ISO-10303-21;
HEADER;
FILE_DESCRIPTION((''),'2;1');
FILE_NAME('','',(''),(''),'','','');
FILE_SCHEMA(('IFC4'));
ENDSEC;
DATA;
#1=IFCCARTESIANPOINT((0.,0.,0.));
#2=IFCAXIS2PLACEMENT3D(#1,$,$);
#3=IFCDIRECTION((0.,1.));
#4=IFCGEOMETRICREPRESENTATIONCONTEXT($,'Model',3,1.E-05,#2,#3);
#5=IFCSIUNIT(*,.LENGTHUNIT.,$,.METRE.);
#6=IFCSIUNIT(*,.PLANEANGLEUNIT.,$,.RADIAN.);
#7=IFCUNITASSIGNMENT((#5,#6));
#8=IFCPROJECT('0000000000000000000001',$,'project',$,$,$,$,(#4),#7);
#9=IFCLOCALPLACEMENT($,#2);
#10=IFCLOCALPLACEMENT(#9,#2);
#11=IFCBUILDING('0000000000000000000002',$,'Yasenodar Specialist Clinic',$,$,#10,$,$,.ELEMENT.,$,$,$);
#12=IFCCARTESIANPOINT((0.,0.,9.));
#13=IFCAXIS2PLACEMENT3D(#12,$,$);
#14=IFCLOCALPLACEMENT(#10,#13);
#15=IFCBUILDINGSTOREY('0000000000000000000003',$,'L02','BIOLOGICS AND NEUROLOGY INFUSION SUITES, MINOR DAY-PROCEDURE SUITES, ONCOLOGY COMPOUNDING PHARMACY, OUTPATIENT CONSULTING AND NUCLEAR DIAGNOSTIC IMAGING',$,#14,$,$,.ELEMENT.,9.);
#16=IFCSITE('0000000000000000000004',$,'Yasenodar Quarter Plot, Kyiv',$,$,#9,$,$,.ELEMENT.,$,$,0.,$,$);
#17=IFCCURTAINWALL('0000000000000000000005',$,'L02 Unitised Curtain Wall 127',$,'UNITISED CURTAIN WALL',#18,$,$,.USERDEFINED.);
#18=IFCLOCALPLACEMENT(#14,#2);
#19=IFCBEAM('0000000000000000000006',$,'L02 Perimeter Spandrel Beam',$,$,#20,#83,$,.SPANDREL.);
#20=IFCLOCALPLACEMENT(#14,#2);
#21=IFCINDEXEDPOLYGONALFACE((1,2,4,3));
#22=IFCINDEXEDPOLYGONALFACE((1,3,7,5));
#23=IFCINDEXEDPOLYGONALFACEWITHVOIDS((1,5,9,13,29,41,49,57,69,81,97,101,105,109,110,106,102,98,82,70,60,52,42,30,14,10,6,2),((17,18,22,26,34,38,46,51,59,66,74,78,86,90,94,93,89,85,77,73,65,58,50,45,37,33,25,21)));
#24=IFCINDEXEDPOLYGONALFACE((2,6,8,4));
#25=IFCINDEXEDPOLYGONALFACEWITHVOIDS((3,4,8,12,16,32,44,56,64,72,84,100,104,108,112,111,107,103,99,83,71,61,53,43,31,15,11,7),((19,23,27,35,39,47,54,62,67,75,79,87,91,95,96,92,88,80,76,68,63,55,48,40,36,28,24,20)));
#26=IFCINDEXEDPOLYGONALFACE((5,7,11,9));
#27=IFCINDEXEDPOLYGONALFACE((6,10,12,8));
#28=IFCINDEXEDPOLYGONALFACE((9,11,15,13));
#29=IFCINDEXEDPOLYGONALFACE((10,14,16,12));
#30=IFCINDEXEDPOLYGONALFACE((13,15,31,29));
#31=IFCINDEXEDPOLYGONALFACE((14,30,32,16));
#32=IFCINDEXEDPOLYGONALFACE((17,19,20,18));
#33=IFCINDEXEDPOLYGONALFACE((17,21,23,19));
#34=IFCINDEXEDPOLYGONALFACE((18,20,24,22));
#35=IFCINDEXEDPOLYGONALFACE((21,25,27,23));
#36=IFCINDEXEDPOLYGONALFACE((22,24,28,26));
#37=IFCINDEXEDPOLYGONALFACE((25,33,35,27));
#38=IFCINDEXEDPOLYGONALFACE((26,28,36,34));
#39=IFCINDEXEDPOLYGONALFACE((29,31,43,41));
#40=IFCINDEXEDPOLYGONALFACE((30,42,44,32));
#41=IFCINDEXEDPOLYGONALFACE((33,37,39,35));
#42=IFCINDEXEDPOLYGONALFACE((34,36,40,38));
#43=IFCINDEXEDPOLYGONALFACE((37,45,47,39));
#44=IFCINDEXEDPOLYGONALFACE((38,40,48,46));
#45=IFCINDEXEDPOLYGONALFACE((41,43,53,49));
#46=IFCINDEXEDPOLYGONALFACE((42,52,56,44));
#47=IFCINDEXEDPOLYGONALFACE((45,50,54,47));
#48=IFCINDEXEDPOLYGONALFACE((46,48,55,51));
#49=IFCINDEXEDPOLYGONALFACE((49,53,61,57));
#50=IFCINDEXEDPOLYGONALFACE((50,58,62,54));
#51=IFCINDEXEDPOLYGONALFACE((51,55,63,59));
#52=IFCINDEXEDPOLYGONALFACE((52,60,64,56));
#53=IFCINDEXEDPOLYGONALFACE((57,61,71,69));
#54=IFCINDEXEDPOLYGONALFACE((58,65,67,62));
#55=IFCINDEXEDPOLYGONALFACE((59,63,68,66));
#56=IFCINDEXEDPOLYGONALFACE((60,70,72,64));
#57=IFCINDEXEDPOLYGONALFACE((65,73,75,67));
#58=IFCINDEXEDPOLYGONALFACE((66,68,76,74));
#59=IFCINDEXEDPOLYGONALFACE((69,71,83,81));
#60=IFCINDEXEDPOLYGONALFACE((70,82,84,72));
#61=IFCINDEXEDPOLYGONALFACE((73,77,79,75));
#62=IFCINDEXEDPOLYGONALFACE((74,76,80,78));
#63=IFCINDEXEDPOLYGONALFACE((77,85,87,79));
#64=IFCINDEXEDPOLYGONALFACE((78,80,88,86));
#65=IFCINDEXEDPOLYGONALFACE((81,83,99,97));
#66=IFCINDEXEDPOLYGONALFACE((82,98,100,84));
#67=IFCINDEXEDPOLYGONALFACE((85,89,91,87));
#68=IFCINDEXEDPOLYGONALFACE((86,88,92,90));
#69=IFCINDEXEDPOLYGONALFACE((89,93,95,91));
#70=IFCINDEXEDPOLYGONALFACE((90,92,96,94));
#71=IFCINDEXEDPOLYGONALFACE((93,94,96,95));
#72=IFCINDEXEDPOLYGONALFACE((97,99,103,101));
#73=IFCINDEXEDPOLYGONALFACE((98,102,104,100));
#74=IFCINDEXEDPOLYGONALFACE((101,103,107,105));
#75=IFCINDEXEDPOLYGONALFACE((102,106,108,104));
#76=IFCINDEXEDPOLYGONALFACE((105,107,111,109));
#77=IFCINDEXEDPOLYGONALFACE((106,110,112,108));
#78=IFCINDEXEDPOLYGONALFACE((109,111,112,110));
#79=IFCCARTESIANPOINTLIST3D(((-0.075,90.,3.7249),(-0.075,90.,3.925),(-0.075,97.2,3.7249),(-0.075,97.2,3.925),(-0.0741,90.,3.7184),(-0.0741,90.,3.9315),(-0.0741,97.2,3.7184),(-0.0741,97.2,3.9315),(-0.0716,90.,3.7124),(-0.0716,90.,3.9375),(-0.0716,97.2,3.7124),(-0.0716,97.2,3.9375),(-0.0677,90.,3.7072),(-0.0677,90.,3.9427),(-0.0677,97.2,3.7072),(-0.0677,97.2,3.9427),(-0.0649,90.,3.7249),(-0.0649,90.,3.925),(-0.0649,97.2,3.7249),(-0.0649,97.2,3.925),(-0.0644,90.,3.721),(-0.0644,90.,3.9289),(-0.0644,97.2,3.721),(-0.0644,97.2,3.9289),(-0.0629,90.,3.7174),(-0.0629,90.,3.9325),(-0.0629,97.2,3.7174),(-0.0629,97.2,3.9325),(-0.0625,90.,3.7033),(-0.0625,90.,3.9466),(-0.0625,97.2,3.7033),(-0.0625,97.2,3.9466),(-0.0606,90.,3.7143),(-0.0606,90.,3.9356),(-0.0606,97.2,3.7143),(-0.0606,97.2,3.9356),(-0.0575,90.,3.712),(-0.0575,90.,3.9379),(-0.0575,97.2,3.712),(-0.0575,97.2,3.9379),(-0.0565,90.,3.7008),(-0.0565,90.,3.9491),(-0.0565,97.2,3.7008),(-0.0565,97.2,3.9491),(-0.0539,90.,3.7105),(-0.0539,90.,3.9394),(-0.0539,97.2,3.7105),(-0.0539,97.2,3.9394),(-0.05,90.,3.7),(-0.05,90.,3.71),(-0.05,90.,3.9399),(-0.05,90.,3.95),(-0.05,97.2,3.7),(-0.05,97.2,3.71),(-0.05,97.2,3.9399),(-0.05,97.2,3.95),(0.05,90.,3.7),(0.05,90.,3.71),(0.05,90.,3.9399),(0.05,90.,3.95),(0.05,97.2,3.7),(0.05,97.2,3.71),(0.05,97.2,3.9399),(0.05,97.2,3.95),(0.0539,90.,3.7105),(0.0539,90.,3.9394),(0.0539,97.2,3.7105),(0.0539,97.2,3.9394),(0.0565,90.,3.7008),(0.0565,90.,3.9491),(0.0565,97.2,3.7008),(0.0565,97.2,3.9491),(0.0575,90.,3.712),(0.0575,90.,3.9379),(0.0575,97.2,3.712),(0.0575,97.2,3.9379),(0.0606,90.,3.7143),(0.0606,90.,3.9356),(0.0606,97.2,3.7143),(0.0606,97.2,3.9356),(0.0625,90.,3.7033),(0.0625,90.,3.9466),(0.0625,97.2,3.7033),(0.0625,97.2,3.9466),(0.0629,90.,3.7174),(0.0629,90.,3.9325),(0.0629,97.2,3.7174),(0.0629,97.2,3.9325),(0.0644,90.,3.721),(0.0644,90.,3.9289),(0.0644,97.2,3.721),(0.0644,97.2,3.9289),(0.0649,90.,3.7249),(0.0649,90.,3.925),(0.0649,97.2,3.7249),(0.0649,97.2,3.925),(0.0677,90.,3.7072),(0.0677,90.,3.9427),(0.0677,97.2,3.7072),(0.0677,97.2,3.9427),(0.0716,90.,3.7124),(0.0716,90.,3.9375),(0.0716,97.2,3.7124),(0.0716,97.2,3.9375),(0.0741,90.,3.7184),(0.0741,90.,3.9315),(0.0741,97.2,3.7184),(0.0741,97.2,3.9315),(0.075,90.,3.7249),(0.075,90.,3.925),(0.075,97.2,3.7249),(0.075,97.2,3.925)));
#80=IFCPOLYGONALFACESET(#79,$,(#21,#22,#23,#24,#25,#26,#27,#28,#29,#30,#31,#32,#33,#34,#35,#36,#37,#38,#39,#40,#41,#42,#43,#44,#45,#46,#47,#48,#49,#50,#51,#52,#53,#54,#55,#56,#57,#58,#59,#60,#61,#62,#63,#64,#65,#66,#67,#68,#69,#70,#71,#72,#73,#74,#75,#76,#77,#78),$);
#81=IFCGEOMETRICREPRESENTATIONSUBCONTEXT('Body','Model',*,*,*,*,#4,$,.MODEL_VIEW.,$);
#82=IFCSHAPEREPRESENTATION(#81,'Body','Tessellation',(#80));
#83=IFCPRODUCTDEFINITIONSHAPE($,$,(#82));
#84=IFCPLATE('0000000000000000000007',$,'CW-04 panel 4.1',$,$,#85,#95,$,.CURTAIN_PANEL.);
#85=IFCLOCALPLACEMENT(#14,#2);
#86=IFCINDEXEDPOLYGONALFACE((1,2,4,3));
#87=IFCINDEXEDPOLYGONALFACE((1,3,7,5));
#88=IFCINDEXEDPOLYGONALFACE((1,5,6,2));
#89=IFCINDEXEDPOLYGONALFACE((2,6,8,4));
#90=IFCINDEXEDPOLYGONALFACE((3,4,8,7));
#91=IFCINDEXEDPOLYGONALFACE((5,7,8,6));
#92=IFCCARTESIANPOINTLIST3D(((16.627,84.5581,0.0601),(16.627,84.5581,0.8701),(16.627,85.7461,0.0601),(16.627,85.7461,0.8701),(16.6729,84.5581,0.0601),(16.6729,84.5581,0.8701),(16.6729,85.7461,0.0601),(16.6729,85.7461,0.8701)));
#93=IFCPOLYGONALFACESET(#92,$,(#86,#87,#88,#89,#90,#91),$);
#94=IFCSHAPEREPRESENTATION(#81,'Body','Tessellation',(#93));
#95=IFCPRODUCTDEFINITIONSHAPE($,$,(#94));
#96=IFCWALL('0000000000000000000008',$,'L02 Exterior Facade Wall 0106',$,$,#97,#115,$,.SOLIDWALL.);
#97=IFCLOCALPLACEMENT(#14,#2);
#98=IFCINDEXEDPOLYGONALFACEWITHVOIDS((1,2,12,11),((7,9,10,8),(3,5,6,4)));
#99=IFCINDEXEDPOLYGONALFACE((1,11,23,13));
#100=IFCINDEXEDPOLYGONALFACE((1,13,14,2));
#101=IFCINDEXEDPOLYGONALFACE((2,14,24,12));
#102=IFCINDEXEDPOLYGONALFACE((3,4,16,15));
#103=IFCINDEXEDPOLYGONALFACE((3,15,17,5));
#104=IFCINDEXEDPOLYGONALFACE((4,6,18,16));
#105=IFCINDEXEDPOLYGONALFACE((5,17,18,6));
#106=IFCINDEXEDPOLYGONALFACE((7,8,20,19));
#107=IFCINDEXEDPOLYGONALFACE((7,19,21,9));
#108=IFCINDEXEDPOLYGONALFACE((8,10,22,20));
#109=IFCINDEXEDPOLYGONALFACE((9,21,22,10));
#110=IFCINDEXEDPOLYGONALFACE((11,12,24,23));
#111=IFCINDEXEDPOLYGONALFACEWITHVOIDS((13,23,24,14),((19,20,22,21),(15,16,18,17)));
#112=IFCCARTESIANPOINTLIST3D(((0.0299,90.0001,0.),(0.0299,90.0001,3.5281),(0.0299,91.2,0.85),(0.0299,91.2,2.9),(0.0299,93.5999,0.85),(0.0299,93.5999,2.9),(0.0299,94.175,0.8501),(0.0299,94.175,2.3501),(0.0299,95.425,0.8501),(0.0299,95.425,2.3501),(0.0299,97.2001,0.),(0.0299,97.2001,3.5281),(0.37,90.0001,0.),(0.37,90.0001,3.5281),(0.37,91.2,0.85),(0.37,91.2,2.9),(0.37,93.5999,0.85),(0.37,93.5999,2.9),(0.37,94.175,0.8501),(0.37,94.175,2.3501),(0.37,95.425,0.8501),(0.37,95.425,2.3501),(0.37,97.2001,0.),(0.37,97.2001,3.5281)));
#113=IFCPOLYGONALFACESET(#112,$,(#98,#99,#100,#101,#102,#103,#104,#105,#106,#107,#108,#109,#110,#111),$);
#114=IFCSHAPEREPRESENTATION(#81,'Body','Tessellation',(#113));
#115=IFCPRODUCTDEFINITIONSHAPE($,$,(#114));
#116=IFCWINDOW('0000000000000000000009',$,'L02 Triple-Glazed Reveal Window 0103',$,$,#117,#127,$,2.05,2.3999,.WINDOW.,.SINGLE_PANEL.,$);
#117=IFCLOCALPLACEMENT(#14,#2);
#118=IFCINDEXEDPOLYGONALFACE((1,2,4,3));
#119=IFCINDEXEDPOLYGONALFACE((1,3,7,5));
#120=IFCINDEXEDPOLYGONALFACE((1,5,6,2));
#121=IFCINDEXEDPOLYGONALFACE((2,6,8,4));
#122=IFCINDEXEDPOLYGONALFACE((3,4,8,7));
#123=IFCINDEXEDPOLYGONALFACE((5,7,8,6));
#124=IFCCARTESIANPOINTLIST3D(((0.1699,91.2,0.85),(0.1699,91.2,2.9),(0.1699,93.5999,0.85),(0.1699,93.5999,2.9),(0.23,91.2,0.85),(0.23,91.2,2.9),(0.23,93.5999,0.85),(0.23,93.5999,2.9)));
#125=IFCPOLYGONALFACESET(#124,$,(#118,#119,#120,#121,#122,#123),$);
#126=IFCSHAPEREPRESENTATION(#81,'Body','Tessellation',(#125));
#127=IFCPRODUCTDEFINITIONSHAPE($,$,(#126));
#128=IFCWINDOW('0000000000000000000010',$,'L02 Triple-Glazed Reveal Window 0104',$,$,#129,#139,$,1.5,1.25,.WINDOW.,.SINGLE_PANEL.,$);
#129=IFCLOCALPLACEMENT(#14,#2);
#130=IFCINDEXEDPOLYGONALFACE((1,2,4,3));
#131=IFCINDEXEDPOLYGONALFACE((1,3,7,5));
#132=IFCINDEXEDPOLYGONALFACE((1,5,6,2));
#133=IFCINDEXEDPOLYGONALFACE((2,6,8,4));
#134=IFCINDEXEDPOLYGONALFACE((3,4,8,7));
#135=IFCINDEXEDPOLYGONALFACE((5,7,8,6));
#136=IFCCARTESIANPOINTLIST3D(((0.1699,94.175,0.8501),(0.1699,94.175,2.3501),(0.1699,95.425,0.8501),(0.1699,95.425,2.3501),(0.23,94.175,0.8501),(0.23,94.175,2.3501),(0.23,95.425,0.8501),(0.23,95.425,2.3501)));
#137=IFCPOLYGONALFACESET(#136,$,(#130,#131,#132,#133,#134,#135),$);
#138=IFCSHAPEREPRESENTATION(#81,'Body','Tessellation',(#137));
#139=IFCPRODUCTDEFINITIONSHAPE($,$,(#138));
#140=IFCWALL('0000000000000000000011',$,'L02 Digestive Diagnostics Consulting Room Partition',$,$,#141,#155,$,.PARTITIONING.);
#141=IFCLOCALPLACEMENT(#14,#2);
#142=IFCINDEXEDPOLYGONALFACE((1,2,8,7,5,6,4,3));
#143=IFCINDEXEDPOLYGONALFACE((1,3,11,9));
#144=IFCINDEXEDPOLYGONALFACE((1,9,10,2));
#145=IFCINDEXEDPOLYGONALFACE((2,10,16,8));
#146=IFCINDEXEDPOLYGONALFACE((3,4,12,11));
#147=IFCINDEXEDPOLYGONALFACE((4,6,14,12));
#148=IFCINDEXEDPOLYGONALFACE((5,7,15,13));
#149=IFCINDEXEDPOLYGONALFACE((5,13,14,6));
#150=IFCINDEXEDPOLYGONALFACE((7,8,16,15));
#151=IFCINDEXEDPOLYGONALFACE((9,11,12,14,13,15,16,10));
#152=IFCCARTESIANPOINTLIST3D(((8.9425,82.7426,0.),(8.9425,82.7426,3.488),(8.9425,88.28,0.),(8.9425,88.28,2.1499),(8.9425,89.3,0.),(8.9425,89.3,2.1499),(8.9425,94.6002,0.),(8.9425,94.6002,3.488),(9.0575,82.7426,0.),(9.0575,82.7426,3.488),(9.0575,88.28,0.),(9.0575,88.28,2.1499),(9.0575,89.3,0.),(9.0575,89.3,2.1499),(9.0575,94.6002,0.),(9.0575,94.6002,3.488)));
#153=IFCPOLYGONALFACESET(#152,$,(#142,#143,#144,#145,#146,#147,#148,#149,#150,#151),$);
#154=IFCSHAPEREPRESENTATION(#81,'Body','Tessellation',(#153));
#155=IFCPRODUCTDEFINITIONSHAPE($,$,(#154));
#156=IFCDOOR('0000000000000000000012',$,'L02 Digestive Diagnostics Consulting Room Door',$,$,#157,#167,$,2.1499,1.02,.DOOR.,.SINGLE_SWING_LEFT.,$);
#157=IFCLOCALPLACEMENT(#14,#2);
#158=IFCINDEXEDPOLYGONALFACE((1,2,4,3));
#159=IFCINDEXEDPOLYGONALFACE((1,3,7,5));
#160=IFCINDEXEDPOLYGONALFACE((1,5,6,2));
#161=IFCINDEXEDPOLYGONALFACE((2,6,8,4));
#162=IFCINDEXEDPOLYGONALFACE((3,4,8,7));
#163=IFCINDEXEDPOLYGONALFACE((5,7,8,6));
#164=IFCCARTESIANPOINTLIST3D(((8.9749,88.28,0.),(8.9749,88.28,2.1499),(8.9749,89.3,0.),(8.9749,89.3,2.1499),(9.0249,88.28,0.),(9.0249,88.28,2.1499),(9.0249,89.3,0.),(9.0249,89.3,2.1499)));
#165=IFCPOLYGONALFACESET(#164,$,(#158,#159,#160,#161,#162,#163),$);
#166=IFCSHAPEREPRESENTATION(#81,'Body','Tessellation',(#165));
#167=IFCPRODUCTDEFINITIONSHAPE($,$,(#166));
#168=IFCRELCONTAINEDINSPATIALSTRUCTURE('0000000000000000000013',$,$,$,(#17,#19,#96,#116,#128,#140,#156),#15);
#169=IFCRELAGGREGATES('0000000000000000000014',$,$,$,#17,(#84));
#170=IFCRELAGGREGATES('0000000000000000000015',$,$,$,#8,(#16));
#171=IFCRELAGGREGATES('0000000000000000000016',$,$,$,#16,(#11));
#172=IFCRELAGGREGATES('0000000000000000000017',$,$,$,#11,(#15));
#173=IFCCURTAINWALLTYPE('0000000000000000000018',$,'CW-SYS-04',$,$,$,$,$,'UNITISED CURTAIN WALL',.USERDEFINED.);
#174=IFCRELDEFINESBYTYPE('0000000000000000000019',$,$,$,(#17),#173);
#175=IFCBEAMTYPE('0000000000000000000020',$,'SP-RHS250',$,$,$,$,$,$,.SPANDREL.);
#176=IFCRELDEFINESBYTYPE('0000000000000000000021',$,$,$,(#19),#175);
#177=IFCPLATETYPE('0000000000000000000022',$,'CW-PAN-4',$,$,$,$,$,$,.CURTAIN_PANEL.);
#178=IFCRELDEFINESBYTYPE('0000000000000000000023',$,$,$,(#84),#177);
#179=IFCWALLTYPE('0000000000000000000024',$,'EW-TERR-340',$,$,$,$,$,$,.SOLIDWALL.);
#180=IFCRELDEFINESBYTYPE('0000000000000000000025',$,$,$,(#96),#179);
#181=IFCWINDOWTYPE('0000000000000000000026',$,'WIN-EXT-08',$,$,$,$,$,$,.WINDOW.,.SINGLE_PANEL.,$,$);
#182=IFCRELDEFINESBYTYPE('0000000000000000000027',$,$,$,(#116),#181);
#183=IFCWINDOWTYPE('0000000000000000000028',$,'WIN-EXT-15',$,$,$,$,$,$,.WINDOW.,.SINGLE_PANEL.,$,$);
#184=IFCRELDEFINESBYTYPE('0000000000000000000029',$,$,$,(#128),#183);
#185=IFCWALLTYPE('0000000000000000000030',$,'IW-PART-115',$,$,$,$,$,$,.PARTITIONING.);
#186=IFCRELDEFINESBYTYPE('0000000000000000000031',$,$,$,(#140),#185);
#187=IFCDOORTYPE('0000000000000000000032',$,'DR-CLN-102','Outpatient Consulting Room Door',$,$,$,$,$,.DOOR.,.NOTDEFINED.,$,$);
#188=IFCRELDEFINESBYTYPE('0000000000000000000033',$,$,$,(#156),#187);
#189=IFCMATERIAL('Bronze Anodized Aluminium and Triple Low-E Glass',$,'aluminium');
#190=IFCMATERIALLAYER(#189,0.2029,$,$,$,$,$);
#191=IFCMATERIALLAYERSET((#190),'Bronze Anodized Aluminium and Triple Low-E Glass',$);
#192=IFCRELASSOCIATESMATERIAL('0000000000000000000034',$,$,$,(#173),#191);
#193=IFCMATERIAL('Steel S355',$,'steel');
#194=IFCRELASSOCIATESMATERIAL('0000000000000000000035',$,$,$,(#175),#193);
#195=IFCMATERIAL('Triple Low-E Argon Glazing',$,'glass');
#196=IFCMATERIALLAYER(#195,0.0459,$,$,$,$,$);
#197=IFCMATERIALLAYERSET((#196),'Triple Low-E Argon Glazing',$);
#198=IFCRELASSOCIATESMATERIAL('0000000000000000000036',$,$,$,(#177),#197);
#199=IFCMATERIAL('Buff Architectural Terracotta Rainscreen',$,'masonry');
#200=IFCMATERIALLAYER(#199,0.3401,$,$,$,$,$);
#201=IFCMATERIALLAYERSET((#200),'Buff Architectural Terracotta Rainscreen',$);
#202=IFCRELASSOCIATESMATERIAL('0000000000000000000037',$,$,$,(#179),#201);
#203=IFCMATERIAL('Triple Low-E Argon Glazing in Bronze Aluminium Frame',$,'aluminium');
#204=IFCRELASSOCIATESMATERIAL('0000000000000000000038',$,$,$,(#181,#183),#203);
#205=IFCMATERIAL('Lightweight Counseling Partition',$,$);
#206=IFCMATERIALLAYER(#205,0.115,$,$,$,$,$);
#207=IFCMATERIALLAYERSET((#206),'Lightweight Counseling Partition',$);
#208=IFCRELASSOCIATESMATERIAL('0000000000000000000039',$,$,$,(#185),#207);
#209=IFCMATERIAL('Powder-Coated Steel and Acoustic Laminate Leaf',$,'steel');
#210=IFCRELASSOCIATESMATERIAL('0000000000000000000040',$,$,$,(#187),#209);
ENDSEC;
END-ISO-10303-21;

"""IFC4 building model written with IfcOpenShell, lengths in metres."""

from ifc_helpers import new_model, si_unit, direction, frame, frame_2d, origin, origin_2d, place, context, subcontext, project, spatial, rectangle, hollow_rectangle, extrude, material, layer, layer_set, material_profile, profile_set, type_object, element, fill, aggregate, save


model = new_model("IFC4")

# Units and contexts
model_context = context("Model", 3, precision=1e-05, world=origin(), true_north=direction((0.0, 1.0)))
body_context = subcontext(model_context, "Body", "Model", "MODEL_VIEW")
ifc_project = project(units=[si_unit("LENGTHUNIT", "METRE"), si_unit("PLANEANGLEUNIT", "RADIAN")], contexts=[model_context])

# Site, building, storey
site_placement = place(None, origin())
site = spatial("IfcSite", under=ifc_project, at=site_placement, Name="Yasenodar Quarter Plot, Kyiv", CompositionType="ELEMENT", RefElevation=0.0)
building_placement = place(site_placement, origin())
building = spatial("IfcBuilding", under=site, at=building_placement, Name="Yasenodar Specialist Clinic", CompositionType="ELEMENT")
storey_placement = place(building_placement, frame((0.0, 0.0, 9.0)))
storey = spatial("IfcBuildingStorey", under=building, at=storey_placement, Name="L02", Description="BIOLOGICS AND NEUROLOGY INFUSION SUITES, MINOR DAY-PROCEDURE SUITES, ONCOLOGY COMPOUNDING PHARMACY, OUTPATIENT CONSULTING AND NUCLEAR DIAGNOSTIC IMAGING", CompositionType="ELEMENT", Elevation=9.0)

# Shared definitions
ifc_material_1 = material(Name="Steel S355", Category="steel")

# Curtain wall
ifc_material_2 = material(Name="Bronze Anodized Aluminium and Triple Low-E Glass", Category="aluminium")
ifc_layer_1 = layer(ifc_material_2, 0.2029)
ifc_layer_set_1 = layer_set([ifc_layer_1], Name="Bronze Anodized Aluminium and Triple Low-E Glass")
curtain_wall_type = type_object("IfcCurtainWallType", Name="CW-SYS-04", ElementType="UNITISED CURTAIN WALL", PredefinedType="USERDEFINED", material=ifc_layer_set_1)
curtain_wall_placement = place(storey_placement, origin())
curtain_wall = element("IfcCurtainWall", 1, at=curtain_wall_placement, inside=storey, type_object=curtain_wall_type, Name="L02 Unitised Curtain Wall 127", ObjectType="UNITISED CURTAIN WALL", PredefinedType="USERDEFINED")

# Beam
ifc_material_profile_1 = material_profile(ifc_material_1, hollow_rectangle(XDim=0.1499, YDim=0.25, WallThickness=0.01, InnerFilletRadius=0.0149, OuterFilletRadius=0.0249, at=origin_2d()), Name="RHS 250x150x10")
ifc_profile_set_1 = profile_set([ifc_material_profile_1], Name="Steel S355")
beam_type_1 = type_object("IfcBeamType", Name="SP-RHS250", PredefinedType="SPANDREL", material=ifc_profile_set_1)
beam_1_placement = place(storey_placement, frame((0.0, 90.0, 3.825), z_axis=(0.0, 1.0, 0.0), x_axis=(-1.0, 0.0, 0.0)))
element("IfcBeam", 2, at=beam_1_placement, inside=storey, type_object=beam_type_1, Name="L02 Perimeter Spandrel Beam", PredefinedType="SPANDREL", context=body_context, shape_type="SweptSolid", body=[
    extrude(hollow_rectangle(XDim=0.1499, YDim=0.25, WallThickness=0.01, InnerFilletRadius=0.0149, OuterFilletRadius=0.0249, at=origin_2d()), origin(), (0.0, 0.0, 1.0), 7.2),
])

# Plate
ifc_material_3 = material(Name="Triple Low-E Argon Glazing", Category="glass")
ifc_layer_2 = layer(ifc_material_3, 0.0459)
ifc_layer_set_2 = layer_set([ifc_layer_2], Name="Triple Low-E Argon Glazing")
plate_type = type_object("IfcPlateType", Name="CW-PAN-4", PredefinedType="CURTAIN_PANEL", material=ifc_layer_set_2)
plate_placement = place(storey_placement, frame((16.6499, 85.1521, 0.0601), z_axis=(0.0, 0.0, 1.0), x_axis=(0.0, -1.0, 0.0)))
plate = element("IfcPlate", 3, at=plate_placement, type_object=plate_type, Name="CW-04 panel 4.1", PredefinedType="CURTAIN_PANEL", context=body_context, shape_type="SweptSolid", body=[
    extrude(rectangle(XDim=1.188, YDim=0.0459, at=origin_2d()), origin(), (0.0, 0.0, 1.0), 0.8101),
])
aggregate(curtain_wall, [plate])

# Wall, openings, windows
ifc_material_4 = material(Name="Buff Architectural Terracotta Rainscreen", Category="masonry")
ifc_layer_3 = layer(ifc_material_4, 0.3401)
ifc_layer_set_3 = layer_set([ifc_layer_3], Name="Buff Architectural Terracotta Rainscreen")
wall_type_1 = type_object("IfcWallType", Name="EW-TERR-340", PredefinedType="SOLIDWALL", material=ifc_layer_set_3)
wall_1_placement = place(storey_placement, frame((0.2, 90.0, 0.0), z_axis=(0.0, 0.0, 1.0), x_axis=(0.0, 1.0, 0.0)))
wall_1 = element("IfcWall", 4, at=wall_1_placement, inside=storey, type_object=wall_type_1, Name="L02 Exterior Facade Wall 0106", PredefinedType="SOLIDWALL", context=body_context, shape_type="SweptSolid", body=[
    extrude(rectangle(XDim=7.2, YDim=0.3401, at=frame_2d((3.6001, 0.0))), origin(), (0.0, 0.0, 1.0), 3.5281),
])
opening_1_placement = place(wall_1_placement, frame((1.2, 0.0, 0.8501)))
opening_1 = element("IfcOpeningElement", 5, at=opening_1_placement, cuts=wall_1, PredefinedType="OPENING", context=body_context, shape_type="SweptSolid", body=[
    extrude(rectangle(XDim=2.3999, YDim=2.05, at=frame_2d((1.2, 1.0249))), frame((0.0, 0.1802, 0.0), z_axis=(0.0, -1.0, 0.0), x_axis=(1.0, 0.0, 0.0)), (0.0, 0.0, 1.0), 0.3601),
])
opening_2_placement = place(wall_1_placement, frame((4.175, 0.0, 0.8501)))
opening_2 = element("IfcOpeningElement", 6, at=opening_2_placement, cuts=wall_1, PredefinedType="OPENING", context=body_context, shape_type="SweptSolid", body=[
    extrude(rectangle(XDim=1.25, YDim=1.5, at=frame_2d((0.625, 0.75))), frame((0.0, 0.1802, 0.0), z_axis=(0.0, -1.0, 0.0), x_axis=(1.0, 0.0, 0.0)), (0.0, 0.0, 1.0), 0.3601),
])
ifc_material_5 = material(Name="Triple Low-E Argon Glazing in Bronze Aluminium Frame", Category="aluminium")
window_type_1 = type_object("IfcWindowType", Name="WIN-EXT-08", PartitioningType="SINGLE_PANEL", PredefinedType="WINDOW", material=ifc_material_5)
window_1_placement = place(opening_1_placement, origin())
window_1 = element("IfcWindow", 7, at=window_1_placement, inside=storey, type_object=window_type_1, Name="L02 Triple-Glazed Reveal Window 0103", OverallHeight=2.05, OverallWidth=2.3999, PartitioningType="SINGLE_PANEL", PredefinedType="WINDOW", context=body_context, shape_type="SweptSolid", body=[
    extrude(rectangle(XDim=2.3999, YDim=2.05, at=frame_2d((1.2, 1.0249))), frame((0.0, 0.03, 0.0), z_axis=(0.0, -1.0, 0.0), x_axis=(1.0, 0.0, 0.0)), (0.0, 0.0, 1.0), 0.0601),
])
fill(opening_1, window_1)
window_type_2 = type_object("IfcWindowType", Name="WIN-EXT-15", PartitioningType="SINGLE_PANEL", PredefinedType="WINDOW", material=ifc_material_5)
window_2_placement = place(opening_2_placement, origin())
window_2 = element("IfcWindow", 8, at=window_2_placement, inside=storey, type_object=window_type_2, Name="L02 Triple-Glazed Reveal Window 0104", OverallHeight=1.5, OverallWidth=1.25, PartitioningType="SINGLE_PANEL", PredefinedType="WINDOW", context=body_context, shape_type="SweptSolid", body=[
    extrude(rectangle(XDim=1.25, YDim=1.5, at=frame_2d((0.625, 0.75))), frame((0.0, 0.03, 0.0), z_axis=(0.0, -1.0, 0.0), x_axis=(1.0, 0.0, 0.0)), (0.0, 0.0, 1.0), 0.0601),
])
fill(opening_2, window_2)

# Wall, opening, door
ifc_material_6 = material(Name="Lightweight Counseling Partition")
ifc_layer_4 = layer(ifc_material_6, 0.115)
ifc_layer_set_4 = layer_set([ifc_layer_4], Name="Lightweight Counseling Partition")
wall_type_2 = type_object("IfcWallType", Name="IW-PART-115", PredefinedType="PARTITIONING", material=ifc_layer_set_4)
wall_2_placement = place(storey_placement, frame((9.0, 94.6001, 0.0), z_axis=(0.0, 0.0, 1.0), x_axis=(0.0, -1.0, 0.0)))
wall_2 = element("IfcWall", 9, at=wall_2_placement, inside=storey, type_object=wall_type_2, Name="L02 Digestive Diagnostics Consulting Room Partition", PredefinedType="PARTITIONING", context=body_context, shape_type="SweptSolid", body=[
    extrude(rectangle(XDim=11.8577, YDim=0.115, at=frame_2d((5.9287, 0.0))), origin(), (0.0, 0.0, 1.0), 3.488),
])
opening_3_placement = place(wall_2_placement, frame((5.3, 0.0, 0.0)))
opening_3 = element("IfcOpeningElement", 10, at=opening_3_placement, cuts=wall_2, PredefinedType="OPENING", context=body_context, shape_type="SweptSolid", body=[
    extrude(rectangle(XDim=1.02, YDim=2.1499, at=frame_2d((0.51, 1.075))), frame((0.0, 0.0674, 0.0), z_axis=(0.0, -1.0, 0.0), x_axis=(1.0, 0.0, 0.0)), (0.0, 0.0, 1.0), 0.135),
])
ifc_material_7 = material(Name="Powder-Coated Steel and Acoustic Laminate Leaf", Category="steel")
door_type = type_object("IfcDoorType", Name="DR-CLN-102", Description="Outpatient Consulting Room Door", OperationType="NOTDEFINED", PredefinedType="DOOR", material=ifc_material_7)
door_placement = place(opening_3_placement, origin())
door = element("IfcDoor", 11, at=door_placement, inside=storey, type_object=door_type, Name="L02 Digestive Diagnostics Consulting Room Door", OperationType="SINGLE_SWING_LEFT", OverallHeight=2.1499, OverallWidth=1.02, PredefinedType="DOOR", context=body_context, shape_type="SweptSolid", body=[
    extrude(rectangle(XDim=1.02, YDim=2.1499, at=frame_2d((0.51, 1.075))), frame((0.0, 0.0249, 0.0), z_axis=(0.0, -1.0, 0.0), x_axis=(1.0, 0.0, 0.0)), (0.0, 0.0, 1.0), 0.05),
])
fill(opening_3, door)

save(model, "model.ifc")
